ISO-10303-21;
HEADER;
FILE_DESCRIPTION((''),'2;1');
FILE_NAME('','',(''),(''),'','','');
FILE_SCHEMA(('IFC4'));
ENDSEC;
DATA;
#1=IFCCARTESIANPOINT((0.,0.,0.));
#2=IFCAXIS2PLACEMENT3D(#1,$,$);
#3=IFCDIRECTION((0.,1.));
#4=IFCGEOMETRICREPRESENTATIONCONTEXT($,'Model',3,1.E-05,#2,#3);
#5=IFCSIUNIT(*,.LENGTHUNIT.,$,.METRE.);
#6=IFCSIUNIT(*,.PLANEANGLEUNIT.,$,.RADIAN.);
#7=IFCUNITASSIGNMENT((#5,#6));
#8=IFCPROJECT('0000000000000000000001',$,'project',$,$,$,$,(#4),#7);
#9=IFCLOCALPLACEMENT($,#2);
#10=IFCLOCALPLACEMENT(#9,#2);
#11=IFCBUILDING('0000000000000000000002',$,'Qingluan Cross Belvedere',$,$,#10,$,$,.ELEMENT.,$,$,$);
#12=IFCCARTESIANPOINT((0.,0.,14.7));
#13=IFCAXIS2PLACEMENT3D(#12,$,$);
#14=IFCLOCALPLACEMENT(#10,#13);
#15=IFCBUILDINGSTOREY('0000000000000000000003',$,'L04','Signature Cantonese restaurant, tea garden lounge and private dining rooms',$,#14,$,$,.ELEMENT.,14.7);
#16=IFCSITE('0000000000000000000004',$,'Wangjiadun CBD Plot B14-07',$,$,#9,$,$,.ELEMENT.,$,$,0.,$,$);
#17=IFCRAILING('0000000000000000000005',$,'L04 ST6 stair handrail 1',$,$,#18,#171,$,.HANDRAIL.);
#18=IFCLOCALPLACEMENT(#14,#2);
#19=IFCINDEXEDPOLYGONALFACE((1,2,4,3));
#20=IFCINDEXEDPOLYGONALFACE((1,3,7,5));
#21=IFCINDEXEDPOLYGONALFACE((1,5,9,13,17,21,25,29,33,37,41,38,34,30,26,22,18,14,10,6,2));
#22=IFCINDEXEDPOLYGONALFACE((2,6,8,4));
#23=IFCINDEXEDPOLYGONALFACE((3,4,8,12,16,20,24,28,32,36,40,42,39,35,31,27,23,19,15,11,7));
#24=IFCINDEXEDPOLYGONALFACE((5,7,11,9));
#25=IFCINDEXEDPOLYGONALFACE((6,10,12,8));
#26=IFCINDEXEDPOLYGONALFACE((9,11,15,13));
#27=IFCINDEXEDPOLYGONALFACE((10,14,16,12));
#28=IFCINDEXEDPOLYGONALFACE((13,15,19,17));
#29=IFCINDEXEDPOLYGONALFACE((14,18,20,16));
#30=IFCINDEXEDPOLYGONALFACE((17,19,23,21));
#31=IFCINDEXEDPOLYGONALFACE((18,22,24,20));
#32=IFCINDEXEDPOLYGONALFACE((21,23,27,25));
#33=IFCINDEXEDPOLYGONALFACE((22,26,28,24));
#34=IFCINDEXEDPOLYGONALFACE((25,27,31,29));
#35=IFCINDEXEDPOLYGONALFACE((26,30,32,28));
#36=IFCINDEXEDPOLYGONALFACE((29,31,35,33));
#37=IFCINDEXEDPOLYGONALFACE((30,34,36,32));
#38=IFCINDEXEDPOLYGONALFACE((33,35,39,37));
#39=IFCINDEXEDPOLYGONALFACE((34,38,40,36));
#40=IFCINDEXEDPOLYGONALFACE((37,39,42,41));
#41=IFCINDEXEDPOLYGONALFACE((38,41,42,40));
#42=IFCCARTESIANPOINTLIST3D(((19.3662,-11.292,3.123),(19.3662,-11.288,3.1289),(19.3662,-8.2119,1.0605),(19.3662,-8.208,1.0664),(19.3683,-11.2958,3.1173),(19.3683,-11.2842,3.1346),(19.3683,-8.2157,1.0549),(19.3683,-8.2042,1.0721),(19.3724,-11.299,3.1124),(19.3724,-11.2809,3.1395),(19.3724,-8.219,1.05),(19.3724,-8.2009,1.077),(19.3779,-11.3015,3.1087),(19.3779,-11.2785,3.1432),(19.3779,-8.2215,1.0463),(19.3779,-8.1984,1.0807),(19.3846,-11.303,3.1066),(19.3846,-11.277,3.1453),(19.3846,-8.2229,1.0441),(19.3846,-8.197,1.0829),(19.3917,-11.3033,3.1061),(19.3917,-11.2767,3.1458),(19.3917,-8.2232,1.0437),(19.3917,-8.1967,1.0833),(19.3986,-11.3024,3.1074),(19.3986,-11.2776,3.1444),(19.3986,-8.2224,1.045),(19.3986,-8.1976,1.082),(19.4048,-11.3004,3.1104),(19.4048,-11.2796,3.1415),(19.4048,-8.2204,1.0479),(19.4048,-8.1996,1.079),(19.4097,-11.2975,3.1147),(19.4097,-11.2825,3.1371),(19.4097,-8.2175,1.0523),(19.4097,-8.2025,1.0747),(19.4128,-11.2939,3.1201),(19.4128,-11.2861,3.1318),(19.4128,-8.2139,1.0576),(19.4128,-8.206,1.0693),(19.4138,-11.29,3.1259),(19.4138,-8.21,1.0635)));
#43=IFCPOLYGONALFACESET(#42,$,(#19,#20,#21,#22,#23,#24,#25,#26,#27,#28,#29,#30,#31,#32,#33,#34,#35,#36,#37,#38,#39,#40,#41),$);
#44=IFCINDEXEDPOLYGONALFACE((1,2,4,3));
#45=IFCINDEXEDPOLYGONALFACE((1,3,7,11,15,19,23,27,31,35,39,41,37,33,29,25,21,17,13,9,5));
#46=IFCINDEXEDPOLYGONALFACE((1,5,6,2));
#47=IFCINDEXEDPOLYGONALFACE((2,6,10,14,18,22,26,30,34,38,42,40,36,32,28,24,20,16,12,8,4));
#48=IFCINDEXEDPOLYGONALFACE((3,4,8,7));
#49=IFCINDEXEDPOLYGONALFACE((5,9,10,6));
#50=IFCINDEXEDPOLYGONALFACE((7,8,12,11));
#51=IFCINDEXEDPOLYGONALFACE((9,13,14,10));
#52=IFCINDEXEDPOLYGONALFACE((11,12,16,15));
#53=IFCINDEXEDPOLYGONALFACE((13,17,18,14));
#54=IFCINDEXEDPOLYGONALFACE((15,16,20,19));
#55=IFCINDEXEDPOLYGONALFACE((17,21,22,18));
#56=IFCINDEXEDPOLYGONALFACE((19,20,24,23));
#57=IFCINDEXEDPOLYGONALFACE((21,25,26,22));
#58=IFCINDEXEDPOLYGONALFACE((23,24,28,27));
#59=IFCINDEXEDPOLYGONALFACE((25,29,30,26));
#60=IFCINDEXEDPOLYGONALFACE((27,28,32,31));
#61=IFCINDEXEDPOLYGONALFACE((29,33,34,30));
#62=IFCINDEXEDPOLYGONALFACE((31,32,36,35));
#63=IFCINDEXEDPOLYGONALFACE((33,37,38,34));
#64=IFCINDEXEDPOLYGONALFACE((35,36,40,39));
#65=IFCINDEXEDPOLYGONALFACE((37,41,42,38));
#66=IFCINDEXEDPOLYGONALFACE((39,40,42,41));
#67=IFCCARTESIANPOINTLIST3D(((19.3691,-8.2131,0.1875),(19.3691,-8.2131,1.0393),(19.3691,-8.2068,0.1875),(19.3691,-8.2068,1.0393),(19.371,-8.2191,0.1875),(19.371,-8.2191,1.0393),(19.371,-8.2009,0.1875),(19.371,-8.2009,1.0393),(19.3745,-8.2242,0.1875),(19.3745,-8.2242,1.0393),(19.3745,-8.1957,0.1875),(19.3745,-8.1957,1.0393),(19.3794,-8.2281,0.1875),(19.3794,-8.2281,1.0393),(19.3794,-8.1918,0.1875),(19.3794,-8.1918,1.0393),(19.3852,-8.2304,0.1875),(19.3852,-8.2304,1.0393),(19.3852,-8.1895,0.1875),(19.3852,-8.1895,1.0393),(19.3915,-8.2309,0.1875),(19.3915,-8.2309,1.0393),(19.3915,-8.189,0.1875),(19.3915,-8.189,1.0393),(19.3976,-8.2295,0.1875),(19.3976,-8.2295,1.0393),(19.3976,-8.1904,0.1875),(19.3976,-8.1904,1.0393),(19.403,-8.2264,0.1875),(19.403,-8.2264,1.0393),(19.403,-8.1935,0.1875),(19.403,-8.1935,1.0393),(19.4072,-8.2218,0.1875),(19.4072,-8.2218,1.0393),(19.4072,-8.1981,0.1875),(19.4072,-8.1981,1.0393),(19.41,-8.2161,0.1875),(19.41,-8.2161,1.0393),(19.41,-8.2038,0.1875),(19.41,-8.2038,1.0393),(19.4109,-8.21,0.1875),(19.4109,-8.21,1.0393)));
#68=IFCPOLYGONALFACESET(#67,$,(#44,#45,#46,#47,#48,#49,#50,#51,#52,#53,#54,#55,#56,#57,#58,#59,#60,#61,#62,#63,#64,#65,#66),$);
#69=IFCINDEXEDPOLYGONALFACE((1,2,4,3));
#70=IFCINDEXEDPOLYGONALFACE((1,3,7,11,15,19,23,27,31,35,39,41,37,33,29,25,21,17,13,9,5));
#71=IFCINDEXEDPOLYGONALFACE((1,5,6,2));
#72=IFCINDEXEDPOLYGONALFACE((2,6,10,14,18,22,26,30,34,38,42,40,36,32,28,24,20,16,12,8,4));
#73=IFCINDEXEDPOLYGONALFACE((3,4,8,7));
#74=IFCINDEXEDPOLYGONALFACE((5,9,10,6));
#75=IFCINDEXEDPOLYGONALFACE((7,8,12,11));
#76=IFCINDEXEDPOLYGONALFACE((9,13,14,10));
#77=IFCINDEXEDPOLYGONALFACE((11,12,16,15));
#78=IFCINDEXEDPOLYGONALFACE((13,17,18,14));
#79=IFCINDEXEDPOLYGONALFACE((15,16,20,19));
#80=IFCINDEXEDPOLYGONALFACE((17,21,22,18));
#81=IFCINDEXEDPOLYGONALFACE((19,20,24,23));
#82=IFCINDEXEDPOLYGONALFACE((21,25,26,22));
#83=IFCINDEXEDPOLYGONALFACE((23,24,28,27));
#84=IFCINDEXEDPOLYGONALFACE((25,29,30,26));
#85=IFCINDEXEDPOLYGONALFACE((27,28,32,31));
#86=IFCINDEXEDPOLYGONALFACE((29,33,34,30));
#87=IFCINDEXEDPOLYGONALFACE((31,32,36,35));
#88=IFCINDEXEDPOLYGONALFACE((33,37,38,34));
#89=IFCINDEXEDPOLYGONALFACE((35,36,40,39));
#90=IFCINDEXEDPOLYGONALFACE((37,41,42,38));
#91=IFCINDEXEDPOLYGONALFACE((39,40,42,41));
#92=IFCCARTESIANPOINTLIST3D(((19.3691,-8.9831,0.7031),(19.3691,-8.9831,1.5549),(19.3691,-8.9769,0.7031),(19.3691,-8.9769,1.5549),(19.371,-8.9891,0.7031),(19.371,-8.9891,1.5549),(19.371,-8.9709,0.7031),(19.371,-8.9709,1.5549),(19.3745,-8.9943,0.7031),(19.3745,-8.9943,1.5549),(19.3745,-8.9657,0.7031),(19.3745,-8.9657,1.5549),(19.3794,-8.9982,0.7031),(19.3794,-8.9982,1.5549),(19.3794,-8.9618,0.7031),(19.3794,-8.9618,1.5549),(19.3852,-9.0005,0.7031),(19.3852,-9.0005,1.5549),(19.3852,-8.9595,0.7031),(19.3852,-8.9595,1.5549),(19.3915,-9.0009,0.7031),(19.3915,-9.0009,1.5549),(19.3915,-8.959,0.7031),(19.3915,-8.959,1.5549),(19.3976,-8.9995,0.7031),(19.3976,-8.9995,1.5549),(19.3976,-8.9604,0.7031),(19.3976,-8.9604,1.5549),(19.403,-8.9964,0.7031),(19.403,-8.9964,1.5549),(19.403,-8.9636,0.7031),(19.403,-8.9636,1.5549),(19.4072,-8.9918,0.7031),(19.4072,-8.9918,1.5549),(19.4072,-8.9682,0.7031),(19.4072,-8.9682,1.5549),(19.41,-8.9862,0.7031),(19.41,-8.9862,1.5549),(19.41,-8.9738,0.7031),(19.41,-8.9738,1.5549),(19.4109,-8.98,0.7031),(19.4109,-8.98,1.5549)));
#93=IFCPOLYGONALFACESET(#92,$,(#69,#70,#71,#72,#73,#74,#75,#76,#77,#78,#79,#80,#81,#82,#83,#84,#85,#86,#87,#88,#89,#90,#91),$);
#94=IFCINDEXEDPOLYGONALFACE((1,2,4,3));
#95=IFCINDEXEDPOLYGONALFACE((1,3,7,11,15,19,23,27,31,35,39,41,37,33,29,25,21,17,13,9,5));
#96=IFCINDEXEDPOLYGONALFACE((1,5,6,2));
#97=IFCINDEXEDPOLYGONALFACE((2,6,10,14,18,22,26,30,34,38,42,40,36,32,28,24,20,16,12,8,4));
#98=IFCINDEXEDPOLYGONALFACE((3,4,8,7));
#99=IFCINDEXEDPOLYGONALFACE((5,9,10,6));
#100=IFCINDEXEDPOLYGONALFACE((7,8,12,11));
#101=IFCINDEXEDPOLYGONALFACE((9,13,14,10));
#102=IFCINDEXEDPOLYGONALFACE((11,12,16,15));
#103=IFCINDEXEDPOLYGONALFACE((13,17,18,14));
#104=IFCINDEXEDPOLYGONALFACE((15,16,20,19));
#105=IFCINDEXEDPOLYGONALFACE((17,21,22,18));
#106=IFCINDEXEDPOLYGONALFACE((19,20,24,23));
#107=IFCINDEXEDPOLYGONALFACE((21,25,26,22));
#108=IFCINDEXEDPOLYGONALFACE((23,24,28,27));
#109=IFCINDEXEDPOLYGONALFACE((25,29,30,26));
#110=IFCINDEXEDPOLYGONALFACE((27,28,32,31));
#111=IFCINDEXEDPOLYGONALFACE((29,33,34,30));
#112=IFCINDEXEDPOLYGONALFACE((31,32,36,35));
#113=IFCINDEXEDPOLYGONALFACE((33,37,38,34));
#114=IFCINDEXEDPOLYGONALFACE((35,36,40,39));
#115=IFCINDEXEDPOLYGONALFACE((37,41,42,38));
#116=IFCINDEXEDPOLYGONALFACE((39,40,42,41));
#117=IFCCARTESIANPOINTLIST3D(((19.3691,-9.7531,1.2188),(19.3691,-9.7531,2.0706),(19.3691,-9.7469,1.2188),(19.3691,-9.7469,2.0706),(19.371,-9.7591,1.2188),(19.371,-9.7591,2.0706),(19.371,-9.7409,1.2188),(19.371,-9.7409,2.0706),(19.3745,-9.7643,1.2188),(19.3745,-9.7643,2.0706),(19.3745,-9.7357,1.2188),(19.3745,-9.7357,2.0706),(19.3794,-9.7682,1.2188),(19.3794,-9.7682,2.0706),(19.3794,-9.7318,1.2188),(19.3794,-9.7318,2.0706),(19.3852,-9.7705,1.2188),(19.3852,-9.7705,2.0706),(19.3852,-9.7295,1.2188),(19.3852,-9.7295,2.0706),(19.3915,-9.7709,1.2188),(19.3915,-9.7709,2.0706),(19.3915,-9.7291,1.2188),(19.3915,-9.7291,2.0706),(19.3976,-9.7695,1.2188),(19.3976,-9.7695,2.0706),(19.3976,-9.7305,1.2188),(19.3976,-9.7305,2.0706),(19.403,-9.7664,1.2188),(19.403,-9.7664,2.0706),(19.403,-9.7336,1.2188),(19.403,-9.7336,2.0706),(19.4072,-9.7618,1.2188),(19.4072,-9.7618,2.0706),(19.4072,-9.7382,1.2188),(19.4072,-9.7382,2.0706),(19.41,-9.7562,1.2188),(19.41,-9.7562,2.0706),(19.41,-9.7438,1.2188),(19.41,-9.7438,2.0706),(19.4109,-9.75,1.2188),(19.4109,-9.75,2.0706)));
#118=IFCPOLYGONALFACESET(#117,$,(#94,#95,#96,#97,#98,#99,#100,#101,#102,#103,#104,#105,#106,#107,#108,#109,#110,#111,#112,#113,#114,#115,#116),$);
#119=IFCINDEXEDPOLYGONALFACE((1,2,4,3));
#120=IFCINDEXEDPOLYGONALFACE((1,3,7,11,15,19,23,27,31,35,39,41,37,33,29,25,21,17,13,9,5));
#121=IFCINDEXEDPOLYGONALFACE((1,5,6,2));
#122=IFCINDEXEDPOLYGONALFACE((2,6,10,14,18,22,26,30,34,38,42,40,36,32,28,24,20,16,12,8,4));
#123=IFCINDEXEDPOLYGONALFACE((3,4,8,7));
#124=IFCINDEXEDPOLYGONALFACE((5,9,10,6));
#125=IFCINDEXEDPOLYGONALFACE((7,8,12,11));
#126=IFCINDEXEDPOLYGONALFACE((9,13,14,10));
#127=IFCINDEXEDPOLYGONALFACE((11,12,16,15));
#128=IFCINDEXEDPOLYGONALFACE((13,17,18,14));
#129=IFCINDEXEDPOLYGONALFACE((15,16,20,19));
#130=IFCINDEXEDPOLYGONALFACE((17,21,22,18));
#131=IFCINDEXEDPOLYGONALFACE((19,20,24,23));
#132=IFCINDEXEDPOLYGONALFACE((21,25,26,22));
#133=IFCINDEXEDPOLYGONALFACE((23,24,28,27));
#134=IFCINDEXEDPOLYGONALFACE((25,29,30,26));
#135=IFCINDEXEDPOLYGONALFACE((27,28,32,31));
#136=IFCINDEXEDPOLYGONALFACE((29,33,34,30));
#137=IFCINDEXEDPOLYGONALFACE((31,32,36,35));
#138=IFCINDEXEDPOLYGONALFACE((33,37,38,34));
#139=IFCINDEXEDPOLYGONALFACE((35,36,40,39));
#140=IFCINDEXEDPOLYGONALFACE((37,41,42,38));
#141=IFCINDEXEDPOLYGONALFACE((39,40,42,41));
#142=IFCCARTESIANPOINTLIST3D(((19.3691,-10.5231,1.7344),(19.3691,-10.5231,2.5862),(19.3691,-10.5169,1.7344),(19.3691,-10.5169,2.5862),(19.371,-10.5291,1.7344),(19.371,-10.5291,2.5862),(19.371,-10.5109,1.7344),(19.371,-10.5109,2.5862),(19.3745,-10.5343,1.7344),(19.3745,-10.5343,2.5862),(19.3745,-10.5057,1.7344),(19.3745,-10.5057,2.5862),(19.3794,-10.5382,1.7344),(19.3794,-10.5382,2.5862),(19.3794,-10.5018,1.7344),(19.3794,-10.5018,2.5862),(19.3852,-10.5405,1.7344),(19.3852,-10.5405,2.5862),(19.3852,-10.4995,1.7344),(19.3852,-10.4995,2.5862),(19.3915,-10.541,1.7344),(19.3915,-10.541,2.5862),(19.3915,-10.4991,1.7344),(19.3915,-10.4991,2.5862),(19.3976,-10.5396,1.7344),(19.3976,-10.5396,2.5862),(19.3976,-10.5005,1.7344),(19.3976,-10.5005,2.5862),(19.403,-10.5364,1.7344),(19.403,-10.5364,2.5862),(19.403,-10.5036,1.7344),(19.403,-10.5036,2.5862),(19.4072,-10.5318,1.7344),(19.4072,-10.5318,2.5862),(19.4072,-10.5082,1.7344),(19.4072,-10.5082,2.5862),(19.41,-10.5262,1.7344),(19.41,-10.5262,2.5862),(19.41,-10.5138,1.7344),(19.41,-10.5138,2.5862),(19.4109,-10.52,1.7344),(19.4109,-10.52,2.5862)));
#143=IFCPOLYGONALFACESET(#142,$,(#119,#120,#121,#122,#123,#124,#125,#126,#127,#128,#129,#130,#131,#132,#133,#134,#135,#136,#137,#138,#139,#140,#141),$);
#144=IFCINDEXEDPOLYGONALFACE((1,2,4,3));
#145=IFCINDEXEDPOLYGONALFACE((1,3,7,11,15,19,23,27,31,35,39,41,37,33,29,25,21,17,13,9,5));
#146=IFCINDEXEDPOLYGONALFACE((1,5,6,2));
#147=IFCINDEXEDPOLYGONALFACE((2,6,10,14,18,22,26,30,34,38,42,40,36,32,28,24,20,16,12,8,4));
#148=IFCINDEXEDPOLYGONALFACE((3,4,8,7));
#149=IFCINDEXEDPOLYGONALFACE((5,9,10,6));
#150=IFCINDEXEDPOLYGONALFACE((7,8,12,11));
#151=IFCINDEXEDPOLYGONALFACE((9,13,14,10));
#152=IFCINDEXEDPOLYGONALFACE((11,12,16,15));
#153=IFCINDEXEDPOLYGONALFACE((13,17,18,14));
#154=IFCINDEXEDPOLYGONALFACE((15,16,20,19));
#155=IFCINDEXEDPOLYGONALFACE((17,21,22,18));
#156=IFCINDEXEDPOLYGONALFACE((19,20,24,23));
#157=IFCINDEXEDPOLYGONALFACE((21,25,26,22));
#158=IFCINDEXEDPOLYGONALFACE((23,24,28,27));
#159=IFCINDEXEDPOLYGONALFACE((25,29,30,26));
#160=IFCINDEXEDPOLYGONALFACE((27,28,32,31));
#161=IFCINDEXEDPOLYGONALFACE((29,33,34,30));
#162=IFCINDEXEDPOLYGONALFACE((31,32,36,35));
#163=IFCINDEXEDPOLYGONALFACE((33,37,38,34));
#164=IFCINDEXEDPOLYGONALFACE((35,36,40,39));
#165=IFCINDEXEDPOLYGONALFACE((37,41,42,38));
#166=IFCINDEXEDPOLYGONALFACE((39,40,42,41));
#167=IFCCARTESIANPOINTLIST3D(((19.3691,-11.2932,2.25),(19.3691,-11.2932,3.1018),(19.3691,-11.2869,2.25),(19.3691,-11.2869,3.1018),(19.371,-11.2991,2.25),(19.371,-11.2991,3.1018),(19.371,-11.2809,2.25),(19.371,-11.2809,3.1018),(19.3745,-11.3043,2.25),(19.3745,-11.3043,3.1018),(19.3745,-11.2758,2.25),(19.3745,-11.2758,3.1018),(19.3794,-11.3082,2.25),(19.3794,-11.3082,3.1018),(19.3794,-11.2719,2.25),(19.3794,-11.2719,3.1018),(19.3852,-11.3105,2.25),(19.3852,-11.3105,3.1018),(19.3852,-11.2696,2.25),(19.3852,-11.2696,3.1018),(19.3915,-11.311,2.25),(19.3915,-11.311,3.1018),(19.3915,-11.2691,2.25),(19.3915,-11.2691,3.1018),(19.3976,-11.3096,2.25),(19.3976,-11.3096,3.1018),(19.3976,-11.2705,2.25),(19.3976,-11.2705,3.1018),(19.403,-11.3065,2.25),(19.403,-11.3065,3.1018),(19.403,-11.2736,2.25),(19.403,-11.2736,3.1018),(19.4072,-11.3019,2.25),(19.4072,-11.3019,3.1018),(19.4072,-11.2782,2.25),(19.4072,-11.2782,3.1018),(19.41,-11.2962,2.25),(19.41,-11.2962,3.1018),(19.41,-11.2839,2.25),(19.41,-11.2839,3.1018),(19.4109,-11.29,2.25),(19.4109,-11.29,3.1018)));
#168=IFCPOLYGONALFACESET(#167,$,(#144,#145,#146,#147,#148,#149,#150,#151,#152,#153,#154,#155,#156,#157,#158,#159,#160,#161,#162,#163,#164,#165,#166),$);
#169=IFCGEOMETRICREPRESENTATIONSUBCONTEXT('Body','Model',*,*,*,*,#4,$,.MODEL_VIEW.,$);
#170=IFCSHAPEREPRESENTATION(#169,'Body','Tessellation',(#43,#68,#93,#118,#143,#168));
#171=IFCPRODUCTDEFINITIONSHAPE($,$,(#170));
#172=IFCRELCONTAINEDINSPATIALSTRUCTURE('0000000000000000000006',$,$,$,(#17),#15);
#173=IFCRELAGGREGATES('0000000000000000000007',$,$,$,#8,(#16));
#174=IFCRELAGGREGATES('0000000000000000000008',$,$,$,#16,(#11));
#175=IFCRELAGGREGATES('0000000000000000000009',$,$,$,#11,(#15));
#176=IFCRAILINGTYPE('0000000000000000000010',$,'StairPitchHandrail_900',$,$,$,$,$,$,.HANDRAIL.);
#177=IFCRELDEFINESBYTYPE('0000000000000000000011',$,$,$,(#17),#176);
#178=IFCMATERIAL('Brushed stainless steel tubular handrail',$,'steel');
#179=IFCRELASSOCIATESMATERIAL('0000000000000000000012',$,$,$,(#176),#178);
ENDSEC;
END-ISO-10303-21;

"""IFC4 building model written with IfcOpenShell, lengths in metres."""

from ifc_helpers import new_model, si_unit, direction, frame, origin, origin_2d, place, context, subcontext, project, spatial, circle, extrude, material, type_object, element, save


model = new_model("IFC4")

# Units and contexts
model_context = context("Model", 3, precision=1e-05, world=origin(), true_north=direction((0.0, 1.0)))
body_context = subcontext(model_context, "Body", "Model", "MODEL_VIEW")
ifc_project = project(units=[si_unit("LENGTHUNIT", "METRE"), si_unit("PLANEANGLEUNIT", "RADIAN")], contexts=[model_context])

# Site, building, storey
site_placement = place(None, origin())
site = spatial("IfcSite", under=ifc_project, at=site_placement, Name="Wangjiadun CBD Plot B14-07", CompositionType="ELEMENT", RefElevation=0.0)
building_placement = place(site_placement, origin())
building = spatial("IfcBuilding", under=site, at=building_placement, Name="Qingluan Cross Belvedere", CompositionType="ELEMENT")
storey_placement = place(building_placement, frame((0.0, 0.0, 14.7)))
storey = spatial("IfcBuildingStorey", under=building, at=storey_placement, Name="L04", Description="Signature Cantonese restaurant, tea garden lounge and private dining rooms", CompositionType="ELEMENT", Elevation=14.7)

# Railing
ifc_material_1 = material(Name="Brushed stainless steel tubular handrail", Category="steel")
railing_type_1 = type_object("IfcRailingType", Name="StairPitchHandrail_900", PredefinedType="HANDRAIL", material=ifc_material_1)
railing_1_placement = place(storey_placement, frame((19.3899, -8.21, 0.1875)))
element("IfcRailing", 1, at=railing_1_placement, inside=storey, type_object=railing_type_1, Name="L04 ST6 stair handrail 1", PredefinedType="HANDRAIL", context=body_context, shape_type="SweptSolid", body=[
    extrude(circle(Radius=0.0239, at=origin_2d()), frame((0.0, 0.0, 0.876), z_axis=(0.0, -0.830914, 0.556401), x_axis=(1.0, 0.0, 0.0)), (0.0, 0.0, 1.0), 3.7068),
    extrude(circle(Radius=0.021, at=origin_2d()), origin(), (0.0, 0.0, 1.0), 0.8518),
    extrude(circle(Radius=0.021, at=origin_2d()), frame((0.0, -0.77, 0.5156)), (0.0, 0.0, 1.0), 0.8518),
    extrude(circle(Radius=0.021, at=origin_2d()), frame((0.0, -1.54, 1.0312)), (0.0, 0.0, 1.0), 0.8518),
    extrude(circle(Radius=0.021, at=origin_2d()), frame((0.0, -2.3101, 1.5469)), (0.0, 0.0, 1.0), 0.8518),
    extrude(circle(Radius=0.021, at=origin_2d()), frame((0.0, -3.0801, 2.0625)), (0.0, 0.0, 1.0), 0.8518),
])

save(model, "model.ifc")
